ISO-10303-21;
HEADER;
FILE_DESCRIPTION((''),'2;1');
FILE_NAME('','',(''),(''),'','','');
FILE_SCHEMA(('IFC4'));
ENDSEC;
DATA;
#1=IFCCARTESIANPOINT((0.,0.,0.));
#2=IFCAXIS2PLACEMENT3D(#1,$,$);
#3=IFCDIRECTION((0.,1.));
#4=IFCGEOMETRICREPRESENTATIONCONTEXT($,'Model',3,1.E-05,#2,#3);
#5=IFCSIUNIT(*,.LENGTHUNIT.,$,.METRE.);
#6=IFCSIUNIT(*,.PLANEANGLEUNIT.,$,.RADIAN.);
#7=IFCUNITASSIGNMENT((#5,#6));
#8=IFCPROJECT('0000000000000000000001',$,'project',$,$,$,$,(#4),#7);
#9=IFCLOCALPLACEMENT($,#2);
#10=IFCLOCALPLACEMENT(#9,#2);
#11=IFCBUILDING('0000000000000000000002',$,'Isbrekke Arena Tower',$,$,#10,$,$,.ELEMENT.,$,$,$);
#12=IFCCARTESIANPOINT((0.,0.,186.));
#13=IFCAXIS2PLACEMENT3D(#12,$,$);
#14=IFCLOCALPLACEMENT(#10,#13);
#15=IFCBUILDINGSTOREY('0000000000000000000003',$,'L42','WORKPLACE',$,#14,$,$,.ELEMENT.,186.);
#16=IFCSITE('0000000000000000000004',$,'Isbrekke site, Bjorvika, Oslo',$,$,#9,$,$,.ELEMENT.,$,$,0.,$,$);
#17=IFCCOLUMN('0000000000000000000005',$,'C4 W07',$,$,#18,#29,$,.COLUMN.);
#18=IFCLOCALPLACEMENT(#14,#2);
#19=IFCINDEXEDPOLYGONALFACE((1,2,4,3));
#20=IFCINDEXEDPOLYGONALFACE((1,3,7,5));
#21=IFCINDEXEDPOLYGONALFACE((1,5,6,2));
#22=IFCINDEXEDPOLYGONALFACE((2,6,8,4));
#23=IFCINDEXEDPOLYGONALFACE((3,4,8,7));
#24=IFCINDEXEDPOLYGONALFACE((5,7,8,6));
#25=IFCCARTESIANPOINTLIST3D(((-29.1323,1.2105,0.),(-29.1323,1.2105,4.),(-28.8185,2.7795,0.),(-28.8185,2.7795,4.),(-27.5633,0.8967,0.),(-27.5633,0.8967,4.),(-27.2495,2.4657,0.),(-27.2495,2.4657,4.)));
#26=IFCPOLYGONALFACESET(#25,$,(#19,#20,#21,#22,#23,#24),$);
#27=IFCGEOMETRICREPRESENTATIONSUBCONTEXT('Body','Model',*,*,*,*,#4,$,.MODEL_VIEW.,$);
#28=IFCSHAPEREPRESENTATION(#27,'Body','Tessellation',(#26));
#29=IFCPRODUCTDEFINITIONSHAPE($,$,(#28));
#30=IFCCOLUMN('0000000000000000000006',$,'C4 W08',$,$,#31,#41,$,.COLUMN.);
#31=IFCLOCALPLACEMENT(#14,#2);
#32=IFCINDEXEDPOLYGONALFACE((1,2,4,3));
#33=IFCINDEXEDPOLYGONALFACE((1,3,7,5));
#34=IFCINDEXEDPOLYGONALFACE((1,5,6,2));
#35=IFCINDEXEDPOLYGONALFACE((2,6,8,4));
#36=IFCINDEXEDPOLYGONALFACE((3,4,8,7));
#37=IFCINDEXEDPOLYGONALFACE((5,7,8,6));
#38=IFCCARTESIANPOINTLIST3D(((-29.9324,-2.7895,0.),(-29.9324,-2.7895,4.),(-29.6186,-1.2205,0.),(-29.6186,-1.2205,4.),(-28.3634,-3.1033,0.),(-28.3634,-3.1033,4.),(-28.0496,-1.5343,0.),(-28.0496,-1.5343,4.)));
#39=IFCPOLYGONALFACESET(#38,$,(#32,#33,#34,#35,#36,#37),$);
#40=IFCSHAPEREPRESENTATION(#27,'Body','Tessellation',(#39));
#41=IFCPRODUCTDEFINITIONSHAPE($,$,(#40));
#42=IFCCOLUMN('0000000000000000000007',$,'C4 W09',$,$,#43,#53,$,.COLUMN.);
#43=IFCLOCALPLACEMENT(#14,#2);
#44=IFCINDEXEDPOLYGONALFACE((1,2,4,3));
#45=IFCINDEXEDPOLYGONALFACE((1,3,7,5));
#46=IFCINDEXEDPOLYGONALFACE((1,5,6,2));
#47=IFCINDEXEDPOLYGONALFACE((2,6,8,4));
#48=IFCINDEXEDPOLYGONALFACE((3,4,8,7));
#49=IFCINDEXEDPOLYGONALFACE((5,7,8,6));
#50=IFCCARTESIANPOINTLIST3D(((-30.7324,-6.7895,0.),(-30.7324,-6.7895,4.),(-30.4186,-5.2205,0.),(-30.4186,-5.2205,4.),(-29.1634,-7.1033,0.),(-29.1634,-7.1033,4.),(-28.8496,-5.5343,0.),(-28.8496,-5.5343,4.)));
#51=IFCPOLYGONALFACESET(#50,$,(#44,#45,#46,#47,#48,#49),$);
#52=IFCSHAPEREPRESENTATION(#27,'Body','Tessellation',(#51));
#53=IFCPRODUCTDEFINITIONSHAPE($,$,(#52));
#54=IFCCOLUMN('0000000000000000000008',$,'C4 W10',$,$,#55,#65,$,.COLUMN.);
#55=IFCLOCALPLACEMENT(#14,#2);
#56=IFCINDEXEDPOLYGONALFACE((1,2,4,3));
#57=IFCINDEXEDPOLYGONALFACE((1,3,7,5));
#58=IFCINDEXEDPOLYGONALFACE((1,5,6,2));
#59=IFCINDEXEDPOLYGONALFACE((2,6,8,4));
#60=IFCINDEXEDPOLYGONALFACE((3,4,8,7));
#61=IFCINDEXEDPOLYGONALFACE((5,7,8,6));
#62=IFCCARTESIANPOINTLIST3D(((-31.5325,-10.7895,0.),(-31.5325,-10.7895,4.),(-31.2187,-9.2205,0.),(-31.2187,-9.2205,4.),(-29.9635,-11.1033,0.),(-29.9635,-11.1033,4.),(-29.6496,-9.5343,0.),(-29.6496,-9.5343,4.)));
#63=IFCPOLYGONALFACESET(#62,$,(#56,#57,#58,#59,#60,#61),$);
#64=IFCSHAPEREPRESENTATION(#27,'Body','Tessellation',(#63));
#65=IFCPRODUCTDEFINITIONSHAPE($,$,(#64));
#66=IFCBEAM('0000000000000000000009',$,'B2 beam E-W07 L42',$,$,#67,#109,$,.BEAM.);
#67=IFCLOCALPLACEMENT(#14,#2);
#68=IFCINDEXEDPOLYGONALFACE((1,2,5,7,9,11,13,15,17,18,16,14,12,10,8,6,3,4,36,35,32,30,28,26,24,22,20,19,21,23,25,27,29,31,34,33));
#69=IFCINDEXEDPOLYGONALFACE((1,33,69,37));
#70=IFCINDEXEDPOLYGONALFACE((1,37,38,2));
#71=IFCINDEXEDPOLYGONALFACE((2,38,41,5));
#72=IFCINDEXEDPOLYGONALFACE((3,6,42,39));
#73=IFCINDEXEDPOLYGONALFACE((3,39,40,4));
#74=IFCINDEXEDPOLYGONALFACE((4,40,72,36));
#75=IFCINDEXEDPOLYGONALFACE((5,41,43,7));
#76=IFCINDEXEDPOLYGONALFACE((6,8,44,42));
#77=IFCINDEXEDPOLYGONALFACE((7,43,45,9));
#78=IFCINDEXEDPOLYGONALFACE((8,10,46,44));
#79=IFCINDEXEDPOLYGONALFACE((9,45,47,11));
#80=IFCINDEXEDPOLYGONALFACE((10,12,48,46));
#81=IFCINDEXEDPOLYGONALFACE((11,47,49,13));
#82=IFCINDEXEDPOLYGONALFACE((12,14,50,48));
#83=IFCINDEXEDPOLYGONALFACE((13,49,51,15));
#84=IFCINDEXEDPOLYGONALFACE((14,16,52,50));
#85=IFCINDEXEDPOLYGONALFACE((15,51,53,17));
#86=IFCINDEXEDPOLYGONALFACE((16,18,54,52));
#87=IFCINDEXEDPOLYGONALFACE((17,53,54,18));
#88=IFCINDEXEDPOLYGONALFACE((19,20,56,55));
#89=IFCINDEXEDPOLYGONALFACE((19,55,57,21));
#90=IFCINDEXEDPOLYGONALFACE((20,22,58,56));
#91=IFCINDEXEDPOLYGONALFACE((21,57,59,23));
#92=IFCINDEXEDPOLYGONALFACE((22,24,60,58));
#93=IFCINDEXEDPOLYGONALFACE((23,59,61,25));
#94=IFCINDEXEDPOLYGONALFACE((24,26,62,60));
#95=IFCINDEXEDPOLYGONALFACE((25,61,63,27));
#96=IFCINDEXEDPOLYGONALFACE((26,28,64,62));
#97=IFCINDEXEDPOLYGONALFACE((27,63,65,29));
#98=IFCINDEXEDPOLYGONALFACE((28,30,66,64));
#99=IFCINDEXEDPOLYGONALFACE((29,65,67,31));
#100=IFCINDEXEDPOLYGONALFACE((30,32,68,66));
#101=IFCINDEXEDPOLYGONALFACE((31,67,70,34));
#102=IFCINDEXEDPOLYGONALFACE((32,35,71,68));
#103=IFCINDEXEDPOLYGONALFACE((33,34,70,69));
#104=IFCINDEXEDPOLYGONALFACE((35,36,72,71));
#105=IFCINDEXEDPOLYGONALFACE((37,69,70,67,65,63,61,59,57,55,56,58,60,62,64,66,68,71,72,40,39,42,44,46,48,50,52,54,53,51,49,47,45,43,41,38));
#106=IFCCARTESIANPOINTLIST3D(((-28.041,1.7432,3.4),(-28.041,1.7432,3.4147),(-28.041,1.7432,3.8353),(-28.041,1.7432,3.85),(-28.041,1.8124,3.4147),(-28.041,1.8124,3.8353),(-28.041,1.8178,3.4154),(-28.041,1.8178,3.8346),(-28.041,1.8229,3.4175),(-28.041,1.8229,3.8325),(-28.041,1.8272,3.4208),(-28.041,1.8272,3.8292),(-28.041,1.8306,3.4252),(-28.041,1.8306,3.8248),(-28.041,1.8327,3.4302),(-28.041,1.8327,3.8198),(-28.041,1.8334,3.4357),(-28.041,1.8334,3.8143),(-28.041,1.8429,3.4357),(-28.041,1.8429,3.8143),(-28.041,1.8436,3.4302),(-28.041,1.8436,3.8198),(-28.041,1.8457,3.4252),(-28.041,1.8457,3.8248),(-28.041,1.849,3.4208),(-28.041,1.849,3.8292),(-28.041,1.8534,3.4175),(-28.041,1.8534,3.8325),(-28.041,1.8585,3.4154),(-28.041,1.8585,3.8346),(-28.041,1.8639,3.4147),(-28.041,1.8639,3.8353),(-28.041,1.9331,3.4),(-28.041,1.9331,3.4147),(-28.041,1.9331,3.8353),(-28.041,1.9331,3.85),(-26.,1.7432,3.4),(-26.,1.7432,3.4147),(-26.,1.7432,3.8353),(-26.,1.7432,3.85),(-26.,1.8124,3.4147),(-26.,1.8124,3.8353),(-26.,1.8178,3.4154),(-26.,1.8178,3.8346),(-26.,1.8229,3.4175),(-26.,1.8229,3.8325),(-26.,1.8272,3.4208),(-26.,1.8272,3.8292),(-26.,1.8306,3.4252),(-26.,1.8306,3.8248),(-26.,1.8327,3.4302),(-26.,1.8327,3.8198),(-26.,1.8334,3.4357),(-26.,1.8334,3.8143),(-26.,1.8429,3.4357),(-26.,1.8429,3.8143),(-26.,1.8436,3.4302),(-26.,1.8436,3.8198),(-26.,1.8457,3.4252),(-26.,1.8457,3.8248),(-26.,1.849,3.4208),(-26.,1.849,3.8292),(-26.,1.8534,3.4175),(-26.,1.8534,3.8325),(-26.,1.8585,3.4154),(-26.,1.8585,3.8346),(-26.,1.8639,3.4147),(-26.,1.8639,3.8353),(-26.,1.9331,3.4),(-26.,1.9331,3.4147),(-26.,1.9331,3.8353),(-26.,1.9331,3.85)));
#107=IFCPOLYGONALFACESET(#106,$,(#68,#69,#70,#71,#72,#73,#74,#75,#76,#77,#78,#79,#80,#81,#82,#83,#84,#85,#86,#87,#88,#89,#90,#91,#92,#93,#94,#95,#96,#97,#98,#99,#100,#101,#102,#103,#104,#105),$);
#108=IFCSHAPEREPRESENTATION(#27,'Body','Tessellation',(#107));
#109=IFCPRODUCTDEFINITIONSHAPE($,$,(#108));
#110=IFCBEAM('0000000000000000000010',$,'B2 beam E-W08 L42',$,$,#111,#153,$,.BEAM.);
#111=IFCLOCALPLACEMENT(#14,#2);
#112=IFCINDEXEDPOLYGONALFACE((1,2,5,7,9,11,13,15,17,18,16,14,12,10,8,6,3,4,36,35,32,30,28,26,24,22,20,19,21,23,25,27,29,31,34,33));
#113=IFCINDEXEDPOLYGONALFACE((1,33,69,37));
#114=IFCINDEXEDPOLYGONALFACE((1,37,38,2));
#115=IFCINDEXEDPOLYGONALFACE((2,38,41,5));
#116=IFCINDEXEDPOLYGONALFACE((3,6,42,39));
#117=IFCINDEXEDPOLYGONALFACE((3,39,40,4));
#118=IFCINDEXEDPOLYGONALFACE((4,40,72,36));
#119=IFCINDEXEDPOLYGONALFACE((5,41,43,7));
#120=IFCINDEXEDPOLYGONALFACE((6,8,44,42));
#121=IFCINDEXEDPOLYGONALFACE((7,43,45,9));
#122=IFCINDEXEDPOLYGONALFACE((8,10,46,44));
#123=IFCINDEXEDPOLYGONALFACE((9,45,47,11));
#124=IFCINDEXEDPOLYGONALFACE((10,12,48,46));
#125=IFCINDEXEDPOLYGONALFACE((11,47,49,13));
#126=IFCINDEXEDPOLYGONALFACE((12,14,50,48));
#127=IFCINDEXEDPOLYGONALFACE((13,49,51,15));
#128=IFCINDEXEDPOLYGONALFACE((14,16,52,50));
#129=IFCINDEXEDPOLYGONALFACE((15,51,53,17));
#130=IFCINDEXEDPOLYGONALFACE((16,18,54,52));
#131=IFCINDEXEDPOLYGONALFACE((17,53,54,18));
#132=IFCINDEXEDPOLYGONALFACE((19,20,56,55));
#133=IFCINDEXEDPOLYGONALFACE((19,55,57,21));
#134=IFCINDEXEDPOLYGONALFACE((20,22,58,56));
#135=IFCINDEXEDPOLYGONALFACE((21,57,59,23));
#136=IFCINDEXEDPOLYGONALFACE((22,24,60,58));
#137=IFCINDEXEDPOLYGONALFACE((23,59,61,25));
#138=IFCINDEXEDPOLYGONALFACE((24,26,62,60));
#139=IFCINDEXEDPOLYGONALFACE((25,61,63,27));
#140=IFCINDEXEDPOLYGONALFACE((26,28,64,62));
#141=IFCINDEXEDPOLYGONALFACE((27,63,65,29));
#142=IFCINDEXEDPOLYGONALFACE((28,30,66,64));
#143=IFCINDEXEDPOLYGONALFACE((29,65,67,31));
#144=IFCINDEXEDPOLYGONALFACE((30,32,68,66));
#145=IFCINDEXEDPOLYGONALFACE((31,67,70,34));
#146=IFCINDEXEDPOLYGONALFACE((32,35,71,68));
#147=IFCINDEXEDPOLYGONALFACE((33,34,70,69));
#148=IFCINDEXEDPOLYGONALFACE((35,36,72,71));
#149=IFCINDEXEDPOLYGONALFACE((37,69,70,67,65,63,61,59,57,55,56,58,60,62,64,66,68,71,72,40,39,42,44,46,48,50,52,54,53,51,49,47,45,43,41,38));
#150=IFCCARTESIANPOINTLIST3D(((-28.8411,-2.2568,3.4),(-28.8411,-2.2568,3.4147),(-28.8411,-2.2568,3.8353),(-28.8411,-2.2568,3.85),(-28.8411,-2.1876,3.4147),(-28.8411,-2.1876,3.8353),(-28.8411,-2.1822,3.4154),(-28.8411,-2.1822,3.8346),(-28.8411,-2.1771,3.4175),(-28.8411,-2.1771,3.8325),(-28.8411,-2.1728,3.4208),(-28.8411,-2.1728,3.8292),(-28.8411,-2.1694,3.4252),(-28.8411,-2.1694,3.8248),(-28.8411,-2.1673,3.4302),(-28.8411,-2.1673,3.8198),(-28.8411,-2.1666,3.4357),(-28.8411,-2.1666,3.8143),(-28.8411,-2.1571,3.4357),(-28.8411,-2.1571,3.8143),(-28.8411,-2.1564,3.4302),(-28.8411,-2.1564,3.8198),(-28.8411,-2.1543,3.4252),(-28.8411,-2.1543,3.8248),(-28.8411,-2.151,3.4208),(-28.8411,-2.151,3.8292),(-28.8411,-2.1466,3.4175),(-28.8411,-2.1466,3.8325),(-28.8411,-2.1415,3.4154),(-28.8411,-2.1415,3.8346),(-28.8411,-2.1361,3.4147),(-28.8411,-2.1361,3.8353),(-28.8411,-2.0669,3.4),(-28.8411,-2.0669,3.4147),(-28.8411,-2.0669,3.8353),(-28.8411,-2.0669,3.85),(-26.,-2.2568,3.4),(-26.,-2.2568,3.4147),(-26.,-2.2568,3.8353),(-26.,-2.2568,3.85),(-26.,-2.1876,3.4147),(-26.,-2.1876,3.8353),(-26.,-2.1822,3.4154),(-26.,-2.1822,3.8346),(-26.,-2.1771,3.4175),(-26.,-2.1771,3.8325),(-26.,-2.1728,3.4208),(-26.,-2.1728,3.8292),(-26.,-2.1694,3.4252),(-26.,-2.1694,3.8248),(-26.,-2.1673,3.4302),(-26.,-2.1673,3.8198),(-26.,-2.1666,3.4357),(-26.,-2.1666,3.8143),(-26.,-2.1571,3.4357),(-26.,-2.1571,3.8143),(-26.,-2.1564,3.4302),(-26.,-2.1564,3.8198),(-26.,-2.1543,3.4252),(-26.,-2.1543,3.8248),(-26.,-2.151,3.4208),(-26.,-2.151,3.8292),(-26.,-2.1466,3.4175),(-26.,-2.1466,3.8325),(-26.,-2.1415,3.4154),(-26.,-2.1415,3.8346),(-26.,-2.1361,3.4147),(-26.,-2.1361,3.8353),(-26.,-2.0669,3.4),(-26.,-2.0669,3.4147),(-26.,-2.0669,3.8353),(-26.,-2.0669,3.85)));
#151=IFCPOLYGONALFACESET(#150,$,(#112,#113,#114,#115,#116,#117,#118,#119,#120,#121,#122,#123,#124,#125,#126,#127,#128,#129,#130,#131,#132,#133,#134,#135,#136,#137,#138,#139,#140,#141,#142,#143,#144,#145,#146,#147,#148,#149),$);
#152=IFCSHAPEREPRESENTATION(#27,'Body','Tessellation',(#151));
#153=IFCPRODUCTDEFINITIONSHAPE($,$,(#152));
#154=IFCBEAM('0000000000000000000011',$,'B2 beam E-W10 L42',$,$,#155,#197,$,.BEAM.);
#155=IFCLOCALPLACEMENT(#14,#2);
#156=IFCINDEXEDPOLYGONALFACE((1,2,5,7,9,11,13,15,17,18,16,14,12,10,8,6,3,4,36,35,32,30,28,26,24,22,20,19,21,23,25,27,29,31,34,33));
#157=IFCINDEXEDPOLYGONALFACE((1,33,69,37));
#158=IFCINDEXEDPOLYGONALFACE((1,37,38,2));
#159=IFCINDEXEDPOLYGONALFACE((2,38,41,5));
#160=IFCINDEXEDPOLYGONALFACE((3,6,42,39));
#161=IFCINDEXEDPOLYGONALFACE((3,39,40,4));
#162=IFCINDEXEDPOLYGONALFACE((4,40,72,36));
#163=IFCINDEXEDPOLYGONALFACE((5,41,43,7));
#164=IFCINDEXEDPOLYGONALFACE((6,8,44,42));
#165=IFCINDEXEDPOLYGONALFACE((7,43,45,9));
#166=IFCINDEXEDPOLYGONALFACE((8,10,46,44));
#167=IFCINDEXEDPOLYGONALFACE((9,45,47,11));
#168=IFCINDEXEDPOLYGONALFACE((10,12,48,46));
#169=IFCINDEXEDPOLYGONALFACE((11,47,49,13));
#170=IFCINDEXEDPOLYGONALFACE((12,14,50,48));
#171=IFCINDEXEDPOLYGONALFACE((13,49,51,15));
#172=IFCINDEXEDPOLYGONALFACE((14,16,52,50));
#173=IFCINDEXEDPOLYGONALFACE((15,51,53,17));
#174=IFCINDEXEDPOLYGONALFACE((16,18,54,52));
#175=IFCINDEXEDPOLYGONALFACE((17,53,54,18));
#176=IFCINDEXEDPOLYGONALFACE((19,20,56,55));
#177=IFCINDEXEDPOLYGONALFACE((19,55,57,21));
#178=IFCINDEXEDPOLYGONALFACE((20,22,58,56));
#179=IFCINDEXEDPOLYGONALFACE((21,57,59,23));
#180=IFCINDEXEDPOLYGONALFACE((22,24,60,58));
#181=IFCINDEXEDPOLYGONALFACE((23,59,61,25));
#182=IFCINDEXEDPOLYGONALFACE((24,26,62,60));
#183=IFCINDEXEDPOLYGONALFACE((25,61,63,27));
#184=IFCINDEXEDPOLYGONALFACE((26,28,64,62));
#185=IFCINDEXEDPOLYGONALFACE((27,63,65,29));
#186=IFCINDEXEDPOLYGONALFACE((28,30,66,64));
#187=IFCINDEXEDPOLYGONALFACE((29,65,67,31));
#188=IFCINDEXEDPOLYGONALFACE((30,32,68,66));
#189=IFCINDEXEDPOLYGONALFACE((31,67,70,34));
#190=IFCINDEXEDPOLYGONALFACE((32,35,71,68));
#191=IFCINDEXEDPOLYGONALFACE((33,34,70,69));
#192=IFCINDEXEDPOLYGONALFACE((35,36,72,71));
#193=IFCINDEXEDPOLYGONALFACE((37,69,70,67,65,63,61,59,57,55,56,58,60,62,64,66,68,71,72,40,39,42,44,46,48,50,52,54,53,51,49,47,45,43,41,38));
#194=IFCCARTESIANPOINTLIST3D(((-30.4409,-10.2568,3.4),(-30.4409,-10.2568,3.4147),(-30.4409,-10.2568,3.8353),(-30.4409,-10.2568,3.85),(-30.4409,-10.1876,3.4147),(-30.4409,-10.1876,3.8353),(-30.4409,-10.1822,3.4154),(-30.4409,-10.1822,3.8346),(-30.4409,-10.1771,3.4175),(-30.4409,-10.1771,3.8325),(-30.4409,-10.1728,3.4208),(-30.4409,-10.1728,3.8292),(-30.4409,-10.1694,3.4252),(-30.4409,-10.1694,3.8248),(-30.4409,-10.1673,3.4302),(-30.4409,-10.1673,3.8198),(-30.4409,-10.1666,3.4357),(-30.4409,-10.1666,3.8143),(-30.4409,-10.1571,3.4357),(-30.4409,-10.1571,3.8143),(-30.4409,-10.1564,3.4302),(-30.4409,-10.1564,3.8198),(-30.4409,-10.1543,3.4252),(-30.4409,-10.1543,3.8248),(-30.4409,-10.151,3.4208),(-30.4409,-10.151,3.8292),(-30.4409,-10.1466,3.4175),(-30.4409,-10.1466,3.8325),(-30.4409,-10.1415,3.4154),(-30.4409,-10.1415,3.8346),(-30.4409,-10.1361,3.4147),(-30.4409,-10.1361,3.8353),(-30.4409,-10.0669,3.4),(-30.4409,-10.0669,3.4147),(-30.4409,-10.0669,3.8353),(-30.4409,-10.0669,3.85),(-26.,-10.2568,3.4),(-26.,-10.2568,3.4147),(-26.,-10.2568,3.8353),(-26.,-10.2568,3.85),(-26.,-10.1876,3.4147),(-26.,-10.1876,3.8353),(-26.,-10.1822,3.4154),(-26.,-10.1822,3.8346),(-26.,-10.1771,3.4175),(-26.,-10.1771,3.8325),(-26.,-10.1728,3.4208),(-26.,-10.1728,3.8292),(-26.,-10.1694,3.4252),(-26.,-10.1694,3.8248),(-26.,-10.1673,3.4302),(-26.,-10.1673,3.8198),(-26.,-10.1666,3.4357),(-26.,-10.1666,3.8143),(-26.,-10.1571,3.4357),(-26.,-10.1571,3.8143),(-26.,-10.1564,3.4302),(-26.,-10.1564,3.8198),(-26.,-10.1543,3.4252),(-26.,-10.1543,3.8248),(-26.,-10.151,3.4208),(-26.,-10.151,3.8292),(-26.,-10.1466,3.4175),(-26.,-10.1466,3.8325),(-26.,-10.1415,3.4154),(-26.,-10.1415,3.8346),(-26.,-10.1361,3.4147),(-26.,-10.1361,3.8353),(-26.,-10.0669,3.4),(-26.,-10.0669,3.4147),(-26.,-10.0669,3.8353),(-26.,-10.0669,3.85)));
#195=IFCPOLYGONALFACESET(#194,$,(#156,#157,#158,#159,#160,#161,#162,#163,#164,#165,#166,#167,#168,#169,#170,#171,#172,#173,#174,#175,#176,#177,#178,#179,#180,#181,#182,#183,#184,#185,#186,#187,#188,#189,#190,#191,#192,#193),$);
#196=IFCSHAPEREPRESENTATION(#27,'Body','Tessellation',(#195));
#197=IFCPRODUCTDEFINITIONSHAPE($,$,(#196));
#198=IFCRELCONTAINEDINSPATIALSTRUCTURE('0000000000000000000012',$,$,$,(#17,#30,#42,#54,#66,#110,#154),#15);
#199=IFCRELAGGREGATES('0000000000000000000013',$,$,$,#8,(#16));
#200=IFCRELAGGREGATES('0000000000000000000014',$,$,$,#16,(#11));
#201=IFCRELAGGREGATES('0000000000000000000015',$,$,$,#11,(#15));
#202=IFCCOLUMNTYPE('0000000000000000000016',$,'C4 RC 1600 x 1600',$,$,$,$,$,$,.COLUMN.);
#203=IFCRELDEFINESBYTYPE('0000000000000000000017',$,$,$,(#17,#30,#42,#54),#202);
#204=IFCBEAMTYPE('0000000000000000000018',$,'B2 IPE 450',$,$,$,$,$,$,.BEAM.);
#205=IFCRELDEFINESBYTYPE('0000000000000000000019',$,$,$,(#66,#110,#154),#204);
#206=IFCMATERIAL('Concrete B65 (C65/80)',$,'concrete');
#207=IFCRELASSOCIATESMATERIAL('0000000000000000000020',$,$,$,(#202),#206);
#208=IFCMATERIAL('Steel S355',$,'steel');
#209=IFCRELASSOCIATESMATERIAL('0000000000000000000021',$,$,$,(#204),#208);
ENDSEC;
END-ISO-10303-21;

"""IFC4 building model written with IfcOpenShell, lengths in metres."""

from ifc_helpers import new_model, si_unit, direction, frame, origin, origin_2d, place, context, subcontext, project, spatial, rectangle, i_section, extrude, material, material_profile, profile_set, type_object, element, save


model = new_model("IFC4")

# Units and contexts
model_context = context("Model", 3, precision=1e-05, world=origin(), true_north=direction((0.0, 1.0)))
body_context = subcontext(model_context, "Body", "Model", "MODEL_VIEW")
ifc_project = project(units=[si_unit("LENGTHUNIT", "METRE"), si_unit("PLANEANGLEUNIT", "RADIAN")], contexts=[model_context])

# Site, building, storey
site_placement = place(None, origin())
site = spatial("IfcSite", under=ifc_project, at=site_placement, Name="Isbrekke site, Bjorvika, Oslo", CompositionType="ELEMENT", RefElevation=0.0)
building_placement = place(site_placement, origin())
building = spatial("IfcBuilding", under=site, at=building_placement, Name="Isbrekke Arena Tower", CompositionType="ELEMENT")
storey_placement = place(building_placement, frame((0.0, 0.0, 186.0)))
storey = spatial("IfcBuildingStorey", under=building, at=storey_placement, Name="L42", Description="WORKPLACE", CompositionType="ELEMENT", Elevation=186.0)

# Columns
ifc_material_1 = material(Name="Concrete B65 (C65/80)", Category="concrete")
ifc_material_profile_1 = material_profile(ifc_material_1, rectangle(XDim=1.6001, YDim=1.6001, at=origin_2d()), Name="RC 1600x1600")
ifc_profile_set_1 = profile_set([ifc_material_profile_1], Name="Concrete B65 (C65/80)")
column_type = type_object("IfcColumnType", Name="C4 RC 1600 x 1600", PredefinedType="COLUMN", material=ifc_profile_set_1)
for number, where, z_axis, x_axis, name in (
    (1, (-28.1909, 1.8381, 0.0), (0.0, 0.0, 1.0), (-0.196116, -0.980581, 0.0), "C4 W07"),
    (2, (-28.991, -2.1619, 0.0), (0.0, 0.0, 1.0), (-0.196116, -0.980581, 0.0), "C4 W08"),
    (3, (-29.791, -6.1619, 0.0), (0.0, 0.0, 1.0), (-0.196116, -0.980581, 0.0), "C4 W09"),
    (4, (-30.5911, -10.1619, 0.0), (0.0, 0.0, 1.0), (-0.196116, -0.980581, 0.0), "C4 W10"),
):
    element("IfcColumn", number, at=place(storey_placement, frame(where, z_axis=z_axis, x_axis=x_axis)), inside=storey, type_object=column_type, Name=name, PredefinedType="COLUMN", context=body_context, shape_type="SweptSolid", body=[
        extrude(rectangle(XDim=1.6001, YDim=1.6001, at=origin_2d()), origin(), (0.0, 0.0, 1.0), 4.0),
    ])

# Beams
ifc_material_2 = material(Name="Steel S355", Category="steel")
ifc_material_profile_2 = material_profile(ifc_material_2, i_section(OverallWidth=0.1899, OverallDepth=0.45, WebThickness=0.0095, FlangeThickness=0.0146, FilletRadius=0.021, at=origin_2d()), Name="IPE 450")
ifc_profile_set_2 = profile_set([ifc_material_profile_2], Name="Steel S355")
beam_type_1 = type_object("IfcBeamType", Name="B2 IPE 450", PredefinedType="BEAM", material=ifc_profile_set_2)
beam_1_placement = place(storey_placement, frame((-28.041, 1.8381, 3.625), z_axis=(1.0, 0.0, 0.0), x_axis=(0.0, 1.0, 0.0)))
element("IfcBeam", 5, at=beam_1_placement, inside=storey, type_object=beam_type_1, Name="B2 beam E-W07 L42", PredefinedType="BEAM", context=body_context, shape_type="SweptSolid", body=[
    extrude(i_section(OverallWidth=0.1899, OverallDepth=0.45, WebThickness=0.0095, FlangeThickness=0.0146, FilletRadius=0.021, at=origin_2d()), origin(), (0.0, 0.0, 1.0), 2.041),
])
beam_2_placement = place(storey_placement, frame((-28.8411, -2.1619, 3.625), z_axis=(1.0, 0.0, 0.0), x_axis=(0.0, 1.0, 0.0)))
element("IfcBeam", 6, at=beam_2_placement, inside=storey, type_object=beam_type_1, Name="B2 beam E-W08 L42", PredefinedType="BEAM", context=body_context, shape_type="SweptSolid", body=[
    extrude(i_section(OverallWidth=0.1899, OverallDepth=0.45, WebThickness=0.0095, FlangeThickness=0.0146, FilletRadius=0.021, at=origin_2d()), origin(), (0.0, 0.0, 1.0), 2.8411),
])
beam_3_placement = place(storey_placement, frame((-30.4409, -10.1619, 3.625), z_axis=(1.0, 0.0, 0.0), x_axis=(0.0, 1.0, 0.0)))
element("IfcBeam", 7, at=beam_3_placement, inside=storey, type_object=beam_type_1, Name="B2 beam E-W10 L42", PredefinedType="BEAM", context=body_context, shape_type="SweptSolid", body=[
    extrude(i_section(OverallWidth=0.1899, OverallDepth=0.45, WebThickness=0.0095, FlangeThickness=0.0146, FilletRadius=0.021, at=origin_2d()), origin(), (0.0, 0.0, 1.0), 4.4409),
])

save(model, "model.ifc")
